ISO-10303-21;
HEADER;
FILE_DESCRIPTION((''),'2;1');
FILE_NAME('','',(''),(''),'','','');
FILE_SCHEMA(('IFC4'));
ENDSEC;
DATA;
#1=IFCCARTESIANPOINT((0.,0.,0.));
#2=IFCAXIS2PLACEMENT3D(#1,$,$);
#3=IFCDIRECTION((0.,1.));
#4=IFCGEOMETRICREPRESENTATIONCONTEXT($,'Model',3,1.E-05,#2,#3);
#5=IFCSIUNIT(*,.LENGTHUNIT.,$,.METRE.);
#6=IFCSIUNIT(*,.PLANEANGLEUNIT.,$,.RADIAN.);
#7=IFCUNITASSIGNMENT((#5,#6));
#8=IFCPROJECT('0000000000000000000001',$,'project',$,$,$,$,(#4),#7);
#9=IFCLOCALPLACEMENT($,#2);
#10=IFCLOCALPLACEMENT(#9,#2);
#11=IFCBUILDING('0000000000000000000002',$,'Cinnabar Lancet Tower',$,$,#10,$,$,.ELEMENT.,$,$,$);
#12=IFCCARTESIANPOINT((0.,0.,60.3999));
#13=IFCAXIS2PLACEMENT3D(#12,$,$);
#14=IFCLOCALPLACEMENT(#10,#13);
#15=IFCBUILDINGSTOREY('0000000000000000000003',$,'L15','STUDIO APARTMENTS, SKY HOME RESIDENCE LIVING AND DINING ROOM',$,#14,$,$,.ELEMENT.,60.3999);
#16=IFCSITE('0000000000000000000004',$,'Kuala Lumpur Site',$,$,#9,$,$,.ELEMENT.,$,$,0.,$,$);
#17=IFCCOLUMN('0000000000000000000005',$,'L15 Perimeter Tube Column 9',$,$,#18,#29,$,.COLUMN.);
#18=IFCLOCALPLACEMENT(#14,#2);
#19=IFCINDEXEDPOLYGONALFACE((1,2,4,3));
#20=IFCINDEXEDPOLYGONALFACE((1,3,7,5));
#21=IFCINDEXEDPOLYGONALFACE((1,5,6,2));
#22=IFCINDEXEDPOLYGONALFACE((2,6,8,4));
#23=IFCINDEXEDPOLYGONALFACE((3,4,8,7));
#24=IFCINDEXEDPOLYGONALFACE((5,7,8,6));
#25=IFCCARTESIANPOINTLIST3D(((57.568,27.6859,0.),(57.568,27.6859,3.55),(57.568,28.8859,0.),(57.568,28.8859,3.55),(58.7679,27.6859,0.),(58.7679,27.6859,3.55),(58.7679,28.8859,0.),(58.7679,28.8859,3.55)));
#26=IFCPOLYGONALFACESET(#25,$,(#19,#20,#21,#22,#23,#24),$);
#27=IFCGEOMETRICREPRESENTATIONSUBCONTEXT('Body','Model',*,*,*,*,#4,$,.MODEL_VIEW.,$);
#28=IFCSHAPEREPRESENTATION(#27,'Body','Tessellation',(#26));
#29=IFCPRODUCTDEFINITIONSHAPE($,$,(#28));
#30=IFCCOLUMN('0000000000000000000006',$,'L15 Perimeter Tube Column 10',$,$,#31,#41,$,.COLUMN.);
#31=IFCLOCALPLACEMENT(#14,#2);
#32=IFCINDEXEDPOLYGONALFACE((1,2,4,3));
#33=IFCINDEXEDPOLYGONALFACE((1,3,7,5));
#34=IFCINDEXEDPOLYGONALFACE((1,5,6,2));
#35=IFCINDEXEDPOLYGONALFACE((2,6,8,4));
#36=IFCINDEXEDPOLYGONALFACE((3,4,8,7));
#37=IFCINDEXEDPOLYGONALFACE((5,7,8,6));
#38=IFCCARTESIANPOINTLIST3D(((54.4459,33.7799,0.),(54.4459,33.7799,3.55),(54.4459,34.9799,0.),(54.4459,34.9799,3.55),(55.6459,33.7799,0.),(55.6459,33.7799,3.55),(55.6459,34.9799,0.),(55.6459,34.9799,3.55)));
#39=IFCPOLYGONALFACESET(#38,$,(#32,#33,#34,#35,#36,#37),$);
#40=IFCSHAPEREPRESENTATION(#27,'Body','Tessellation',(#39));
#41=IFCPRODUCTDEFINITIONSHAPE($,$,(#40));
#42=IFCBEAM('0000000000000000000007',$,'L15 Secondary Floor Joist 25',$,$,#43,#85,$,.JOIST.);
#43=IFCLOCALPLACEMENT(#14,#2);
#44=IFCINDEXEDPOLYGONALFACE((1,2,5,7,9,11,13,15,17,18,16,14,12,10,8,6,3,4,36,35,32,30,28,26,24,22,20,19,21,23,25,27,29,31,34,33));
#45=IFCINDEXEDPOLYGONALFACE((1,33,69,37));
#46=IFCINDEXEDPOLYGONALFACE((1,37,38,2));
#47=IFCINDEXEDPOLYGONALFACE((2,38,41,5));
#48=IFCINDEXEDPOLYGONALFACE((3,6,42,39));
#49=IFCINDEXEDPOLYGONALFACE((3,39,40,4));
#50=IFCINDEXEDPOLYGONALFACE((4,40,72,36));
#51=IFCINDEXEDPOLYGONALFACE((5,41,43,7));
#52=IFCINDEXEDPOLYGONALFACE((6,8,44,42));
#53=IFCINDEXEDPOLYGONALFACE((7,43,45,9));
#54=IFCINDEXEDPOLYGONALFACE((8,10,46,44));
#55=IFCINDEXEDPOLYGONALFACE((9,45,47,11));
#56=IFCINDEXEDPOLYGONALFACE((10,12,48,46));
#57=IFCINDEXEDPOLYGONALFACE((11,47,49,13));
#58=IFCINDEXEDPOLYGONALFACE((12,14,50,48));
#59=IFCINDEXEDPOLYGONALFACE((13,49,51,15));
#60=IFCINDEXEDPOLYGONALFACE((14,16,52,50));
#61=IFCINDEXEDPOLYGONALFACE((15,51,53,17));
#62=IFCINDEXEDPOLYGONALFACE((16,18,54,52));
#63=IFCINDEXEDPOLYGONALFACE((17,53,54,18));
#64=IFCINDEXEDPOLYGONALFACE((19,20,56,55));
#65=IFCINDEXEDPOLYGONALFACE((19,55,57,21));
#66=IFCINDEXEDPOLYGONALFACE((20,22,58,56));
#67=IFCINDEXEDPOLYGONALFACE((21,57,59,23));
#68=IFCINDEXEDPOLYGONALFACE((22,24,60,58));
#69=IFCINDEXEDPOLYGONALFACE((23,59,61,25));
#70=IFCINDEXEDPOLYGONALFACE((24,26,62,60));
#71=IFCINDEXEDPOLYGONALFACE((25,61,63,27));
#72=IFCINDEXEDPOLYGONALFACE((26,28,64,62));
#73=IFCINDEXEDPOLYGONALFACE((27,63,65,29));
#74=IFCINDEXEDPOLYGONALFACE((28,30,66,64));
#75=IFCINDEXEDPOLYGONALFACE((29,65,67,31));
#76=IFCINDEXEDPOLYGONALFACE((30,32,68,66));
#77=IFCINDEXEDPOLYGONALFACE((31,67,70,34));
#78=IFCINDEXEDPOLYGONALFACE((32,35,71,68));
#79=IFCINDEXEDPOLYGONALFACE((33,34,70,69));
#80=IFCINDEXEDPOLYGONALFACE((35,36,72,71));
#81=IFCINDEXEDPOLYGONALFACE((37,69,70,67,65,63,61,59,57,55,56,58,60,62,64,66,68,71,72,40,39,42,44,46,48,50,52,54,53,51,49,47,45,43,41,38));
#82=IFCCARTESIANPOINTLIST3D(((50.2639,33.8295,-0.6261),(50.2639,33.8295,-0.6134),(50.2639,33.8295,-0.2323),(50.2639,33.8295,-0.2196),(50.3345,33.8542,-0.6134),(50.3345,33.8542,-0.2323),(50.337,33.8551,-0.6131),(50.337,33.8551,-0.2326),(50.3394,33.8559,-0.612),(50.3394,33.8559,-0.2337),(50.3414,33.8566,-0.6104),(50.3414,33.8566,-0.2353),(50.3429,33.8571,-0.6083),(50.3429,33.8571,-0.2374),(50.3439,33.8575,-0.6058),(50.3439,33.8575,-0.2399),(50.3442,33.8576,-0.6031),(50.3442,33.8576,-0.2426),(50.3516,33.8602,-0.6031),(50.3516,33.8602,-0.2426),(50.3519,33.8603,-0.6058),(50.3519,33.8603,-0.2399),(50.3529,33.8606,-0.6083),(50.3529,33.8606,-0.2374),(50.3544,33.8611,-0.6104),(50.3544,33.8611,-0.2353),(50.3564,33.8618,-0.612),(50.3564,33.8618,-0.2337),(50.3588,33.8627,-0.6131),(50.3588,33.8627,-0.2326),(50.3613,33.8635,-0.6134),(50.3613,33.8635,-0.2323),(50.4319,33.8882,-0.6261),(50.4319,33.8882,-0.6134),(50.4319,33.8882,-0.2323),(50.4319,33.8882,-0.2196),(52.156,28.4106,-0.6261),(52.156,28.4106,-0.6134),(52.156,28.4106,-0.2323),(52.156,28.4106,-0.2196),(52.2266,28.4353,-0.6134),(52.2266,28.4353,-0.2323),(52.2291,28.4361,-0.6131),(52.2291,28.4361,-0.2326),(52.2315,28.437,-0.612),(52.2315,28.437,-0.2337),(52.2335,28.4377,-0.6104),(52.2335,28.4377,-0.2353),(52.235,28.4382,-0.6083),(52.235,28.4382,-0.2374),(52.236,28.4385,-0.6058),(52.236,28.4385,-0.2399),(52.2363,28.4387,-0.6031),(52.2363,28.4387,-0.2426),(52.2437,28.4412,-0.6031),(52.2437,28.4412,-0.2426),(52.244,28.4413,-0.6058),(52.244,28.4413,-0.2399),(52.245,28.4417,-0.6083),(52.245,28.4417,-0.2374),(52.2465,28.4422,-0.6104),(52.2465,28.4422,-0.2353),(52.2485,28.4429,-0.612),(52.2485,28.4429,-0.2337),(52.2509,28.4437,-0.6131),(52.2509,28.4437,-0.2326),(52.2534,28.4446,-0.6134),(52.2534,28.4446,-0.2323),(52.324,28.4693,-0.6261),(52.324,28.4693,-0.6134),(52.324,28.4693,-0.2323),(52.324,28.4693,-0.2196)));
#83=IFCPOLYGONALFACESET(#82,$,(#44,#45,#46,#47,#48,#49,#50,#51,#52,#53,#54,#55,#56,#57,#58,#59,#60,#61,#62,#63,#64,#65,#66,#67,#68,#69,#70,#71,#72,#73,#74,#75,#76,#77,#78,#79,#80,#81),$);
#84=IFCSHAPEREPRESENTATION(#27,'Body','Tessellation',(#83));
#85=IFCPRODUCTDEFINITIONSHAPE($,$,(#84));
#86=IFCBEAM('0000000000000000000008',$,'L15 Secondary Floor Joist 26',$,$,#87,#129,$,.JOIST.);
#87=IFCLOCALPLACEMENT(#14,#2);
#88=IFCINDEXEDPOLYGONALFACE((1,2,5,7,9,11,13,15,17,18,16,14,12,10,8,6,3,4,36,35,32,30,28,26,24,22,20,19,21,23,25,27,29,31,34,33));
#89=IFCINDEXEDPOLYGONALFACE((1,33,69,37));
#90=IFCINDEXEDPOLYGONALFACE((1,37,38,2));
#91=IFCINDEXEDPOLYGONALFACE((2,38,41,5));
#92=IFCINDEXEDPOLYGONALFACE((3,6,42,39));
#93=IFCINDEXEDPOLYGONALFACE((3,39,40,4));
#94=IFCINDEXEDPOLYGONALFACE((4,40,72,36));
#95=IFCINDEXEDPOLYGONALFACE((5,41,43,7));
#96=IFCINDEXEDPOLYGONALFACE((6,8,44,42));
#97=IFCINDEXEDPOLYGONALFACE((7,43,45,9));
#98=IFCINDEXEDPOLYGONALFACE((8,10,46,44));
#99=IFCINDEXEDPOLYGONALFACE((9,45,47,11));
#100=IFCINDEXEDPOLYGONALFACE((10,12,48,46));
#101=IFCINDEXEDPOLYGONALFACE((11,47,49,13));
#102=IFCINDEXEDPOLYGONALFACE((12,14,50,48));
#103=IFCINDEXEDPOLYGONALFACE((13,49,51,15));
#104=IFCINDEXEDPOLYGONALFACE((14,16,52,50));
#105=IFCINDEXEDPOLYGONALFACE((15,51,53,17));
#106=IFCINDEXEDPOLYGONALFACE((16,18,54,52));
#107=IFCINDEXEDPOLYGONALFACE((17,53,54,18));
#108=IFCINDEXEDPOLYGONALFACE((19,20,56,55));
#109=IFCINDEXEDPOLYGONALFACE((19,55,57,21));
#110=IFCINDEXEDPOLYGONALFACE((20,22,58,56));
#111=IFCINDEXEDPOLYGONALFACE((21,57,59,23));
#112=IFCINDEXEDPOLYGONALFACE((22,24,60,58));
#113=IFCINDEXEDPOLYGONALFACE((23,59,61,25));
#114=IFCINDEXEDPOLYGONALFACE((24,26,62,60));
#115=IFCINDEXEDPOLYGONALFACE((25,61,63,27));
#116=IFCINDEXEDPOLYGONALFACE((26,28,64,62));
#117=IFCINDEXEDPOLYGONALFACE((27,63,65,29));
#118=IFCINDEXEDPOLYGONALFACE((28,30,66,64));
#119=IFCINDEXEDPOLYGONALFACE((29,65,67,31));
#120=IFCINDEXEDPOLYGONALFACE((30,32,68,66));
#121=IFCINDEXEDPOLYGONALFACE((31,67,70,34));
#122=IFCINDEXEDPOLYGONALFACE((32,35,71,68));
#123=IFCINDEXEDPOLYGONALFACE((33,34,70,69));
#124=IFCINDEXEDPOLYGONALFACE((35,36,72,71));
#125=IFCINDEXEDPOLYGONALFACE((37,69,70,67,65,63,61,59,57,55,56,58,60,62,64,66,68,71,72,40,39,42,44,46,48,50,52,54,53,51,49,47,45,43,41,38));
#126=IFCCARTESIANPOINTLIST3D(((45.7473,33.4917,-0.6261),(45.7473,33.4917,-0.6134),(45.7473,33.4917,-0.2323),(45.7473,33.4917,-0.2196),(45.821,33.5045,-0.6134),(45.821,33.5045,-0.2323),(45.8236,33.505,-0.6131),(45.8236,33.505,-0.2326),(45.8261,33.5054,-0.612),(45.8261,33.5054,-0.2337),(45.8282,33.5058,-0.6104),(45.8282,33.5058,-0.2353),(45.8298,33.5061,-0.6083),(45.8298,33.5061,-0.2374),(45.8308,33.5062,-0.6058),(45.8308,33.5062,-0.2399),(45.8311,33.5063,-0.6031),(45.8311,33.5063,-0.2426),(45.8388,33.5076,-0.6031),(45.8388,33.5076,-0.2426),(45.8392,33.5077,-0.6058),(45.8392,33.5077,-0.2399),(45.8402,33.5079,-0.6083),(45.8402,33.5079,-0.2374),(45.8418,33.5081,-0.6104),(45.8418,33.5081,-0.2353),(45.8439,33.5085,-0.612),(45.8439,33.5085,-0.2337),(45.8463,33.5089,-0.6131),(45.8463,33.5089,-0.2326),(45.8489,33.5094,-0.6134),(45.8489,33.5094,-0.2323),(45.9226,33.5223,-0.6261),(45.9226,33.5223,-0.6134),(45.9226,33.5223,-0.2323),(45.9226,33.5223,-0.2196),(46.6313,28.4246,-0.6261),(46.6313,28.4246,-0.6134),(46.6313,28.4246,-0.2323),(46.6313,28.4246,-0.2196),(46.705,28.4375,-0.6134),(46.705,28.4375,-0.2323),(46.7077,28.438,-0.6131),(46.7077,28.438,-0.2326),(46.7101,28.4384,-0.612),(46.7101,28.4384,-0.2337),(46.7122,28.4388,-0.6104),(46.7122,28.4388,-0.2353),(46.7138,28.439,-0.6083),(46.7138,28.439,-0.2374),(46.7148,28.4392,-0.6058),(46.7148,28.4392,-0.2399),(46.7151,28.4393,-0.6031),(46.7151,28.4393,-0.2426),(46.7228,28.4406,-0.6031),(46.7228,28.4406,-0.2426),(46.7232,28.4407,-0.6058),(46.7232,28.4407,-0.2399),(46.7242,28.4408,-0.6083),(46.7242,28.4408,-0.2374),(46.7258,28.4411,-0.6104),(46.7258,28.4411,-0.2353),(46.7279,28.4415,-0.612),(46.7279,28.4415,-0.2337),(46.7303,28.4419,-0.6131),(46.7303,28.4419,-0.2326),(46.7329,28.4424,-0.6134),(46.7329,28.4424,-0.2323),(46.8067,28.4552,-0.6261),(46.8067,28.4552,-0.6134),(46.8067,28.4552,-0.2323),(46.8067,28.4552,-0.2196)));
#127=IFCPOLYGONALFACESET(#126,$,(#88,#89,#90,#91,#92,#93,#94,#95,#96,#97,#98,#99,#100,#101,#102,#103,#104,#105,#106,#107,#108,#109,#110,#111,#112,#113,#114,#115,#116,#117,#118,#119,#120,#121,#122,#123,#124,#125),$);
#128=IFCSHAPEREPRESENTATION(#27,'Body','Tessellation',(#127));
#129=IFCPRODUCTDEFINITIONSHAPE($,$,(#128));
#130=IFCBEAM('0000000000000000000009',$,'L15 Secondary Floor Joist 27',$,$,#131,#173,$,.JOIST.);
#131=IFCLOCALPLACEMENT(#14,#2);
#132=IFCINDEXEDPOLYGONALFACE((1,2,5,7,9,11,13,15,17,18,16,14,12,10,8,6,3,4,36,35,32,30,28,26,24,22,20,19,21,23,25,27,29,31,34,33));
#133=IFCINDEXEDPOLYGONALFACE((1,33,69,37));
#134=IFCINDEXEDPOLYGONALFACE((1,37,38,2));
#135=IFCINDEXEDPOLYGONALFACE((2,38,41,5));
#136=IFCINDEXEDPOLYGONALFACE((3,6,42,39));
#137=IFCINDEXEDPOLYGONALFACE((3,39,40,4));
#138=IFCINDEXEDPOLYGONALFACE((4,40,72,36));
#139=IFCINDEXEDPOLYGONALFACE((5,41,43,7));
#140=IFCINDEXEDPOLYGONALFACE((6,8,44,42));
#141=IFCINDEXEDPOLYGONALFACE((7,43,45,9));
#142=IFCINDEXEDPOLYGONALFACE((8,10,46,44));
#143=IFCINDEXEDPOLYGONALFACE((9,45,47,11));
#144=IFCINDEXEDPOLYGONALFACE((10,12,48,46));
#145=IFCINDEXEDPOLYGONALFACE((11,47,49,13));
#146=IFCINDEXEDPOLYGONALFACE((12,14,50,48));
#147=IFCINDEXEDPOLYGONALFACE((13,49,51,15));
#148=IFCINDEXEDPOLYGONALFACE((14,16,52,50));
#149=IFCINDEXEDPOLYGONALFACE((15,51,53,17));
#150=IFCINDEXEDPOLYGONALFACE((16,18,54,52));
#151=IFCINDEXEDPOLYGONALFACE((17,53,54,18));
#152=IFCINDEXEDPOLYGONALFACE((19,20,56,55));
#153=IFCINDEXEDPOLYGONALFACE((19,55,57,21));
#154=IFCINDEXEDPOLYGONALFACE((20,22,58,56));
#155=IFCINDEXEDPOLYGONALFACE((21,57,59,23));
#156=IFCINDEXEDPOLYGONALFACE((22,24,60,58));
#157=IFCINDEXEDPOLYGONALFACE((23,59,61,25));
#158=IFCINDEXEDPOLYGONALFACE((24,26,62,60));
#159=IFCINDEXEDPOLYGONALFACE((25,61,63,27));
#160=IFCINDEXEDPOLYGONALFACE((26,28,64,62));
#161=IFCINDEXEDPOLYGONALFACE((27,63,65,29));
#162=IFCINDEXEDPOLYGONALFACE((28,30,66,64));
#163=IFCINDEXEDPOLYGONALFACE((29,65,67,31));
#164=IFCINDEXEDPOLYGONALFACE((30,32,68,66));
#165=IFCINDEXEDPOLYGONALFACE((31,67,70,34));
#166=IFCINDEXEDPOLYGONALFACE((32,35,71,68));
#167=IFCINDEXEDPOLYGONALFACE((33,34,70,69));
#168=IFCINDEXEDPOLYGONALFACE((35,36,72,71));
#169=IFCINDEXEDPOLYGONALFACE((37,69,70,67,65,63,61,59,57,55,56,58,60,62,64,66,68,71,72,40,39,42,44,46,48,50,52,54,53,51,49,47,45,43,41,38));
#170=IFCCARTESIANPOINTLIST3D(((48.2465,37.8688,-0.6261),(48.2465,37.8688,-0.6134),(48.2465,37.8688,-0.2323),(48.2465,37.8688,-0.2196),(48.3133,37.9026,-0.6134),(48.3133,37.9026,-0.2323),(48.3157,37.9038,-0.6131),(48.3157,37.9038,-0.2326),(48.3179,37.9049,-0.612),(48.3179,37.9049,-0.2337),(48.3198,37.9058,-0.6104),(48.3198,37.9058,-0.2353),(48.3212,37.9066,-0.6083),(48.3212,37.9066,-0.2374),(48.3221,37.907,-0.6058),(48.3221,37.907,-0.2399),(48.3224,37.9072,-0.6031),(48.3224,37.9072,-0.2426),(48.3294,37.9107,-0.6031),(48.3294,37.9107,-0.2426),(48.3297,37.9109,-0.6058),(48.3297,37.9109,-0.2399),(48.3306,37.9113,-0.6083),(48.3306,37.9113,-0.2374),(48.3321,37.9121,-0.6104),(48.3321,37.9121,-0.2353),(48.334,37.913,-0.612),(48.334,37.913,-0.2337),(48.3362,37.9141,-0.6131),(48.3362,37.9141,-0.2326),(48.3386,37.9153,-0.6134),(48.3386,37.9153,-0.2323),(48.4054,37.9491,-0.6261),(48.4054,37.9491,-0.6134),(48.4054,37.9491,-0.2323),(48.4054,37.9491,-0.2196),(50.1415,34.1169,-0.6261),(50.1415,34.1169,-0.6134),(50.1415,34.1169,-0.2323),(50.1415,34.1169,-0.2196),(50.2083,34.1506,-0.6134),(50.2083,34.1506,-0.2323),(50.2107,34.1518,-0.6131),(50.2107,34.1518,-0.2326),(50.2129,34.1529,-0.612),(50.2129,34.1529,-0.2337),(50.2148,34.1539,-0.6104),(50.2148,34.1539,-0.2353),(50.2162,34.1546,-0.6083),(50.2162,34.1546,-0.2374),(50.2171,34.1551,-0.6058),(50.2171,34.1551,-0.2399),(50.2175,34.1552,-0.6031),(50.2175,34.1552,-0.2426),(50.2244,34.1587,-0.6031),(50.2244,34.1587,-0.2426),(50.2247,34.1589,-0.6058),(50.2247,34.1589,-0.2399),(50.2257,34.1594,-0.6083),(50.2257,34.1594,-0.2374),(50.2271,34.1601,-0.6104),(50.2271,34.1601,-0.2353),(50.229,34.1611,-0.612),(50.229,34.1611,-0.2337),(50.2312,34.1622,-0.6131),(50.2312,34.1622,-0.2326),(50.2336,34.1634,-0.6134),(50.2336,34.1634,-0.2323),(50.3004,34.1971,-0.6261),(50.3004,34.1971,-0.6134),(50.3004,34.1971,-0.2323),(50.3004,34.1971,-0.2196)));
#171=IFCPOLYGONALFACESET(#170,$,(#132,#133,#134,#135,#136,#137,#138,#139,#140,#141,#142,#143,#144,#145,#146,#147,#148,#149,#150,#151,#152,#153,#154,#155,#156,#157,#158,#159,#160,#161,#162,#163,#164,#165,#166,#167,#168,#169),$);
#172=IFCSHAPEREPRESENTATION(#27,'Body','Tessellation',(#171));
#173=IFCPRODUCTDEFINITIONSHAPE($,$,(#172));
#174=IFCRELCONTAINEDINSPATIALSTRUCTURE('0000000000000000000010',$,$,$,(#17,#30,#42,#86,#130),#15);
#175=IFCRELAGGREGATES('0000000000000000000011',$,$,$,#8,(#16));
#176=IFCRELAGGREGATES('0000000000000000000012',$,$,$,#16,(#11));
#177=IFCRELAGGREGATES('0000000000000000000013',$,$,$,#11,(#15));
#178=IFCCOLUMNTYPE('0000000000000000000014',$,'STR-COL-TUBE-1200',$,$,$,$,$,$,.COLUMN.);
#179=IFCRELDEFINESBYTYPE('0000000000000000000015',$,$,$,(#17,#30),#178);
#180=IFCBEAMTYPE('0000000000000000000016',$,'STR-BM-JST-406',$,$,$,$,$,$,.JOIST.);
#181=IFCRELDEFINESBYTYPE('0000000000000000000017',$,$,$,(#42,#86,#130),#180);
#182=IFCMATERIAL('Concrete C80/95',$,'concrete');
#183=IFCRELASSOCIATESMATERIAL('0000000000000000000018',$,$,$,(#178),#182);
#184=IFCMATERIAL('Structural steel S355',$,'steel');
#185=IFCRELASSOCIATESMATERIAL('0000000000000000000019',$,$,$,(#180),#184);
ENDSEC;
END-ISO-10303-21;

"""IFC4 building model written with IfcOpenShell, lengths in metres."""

from ifc_helpers import new_model, si_unit, direction, frame, origin, origin_2d, place, context, subcontext, project, spatial, rectangle, i_section, extrude, material, material_profile, profile_set, type_object, element, save


model = new_model("IFC4")

# Units and contexts
model_context = context("Model", 3, precision=1e-05, world=origin(), true_north=direction((0.0, 1.0)))
body_context = subcontext(model_context, "Body", "Model", "MODEL_VIEW")
ifc_project = project(units=[si_unit("LENGTHUNIT", "METRE"), si_unit("PLANEANGLEUNIT", "RADIAN")], contexts=[model_context])

# Site, building, storey
site_placement = place(None, origin())
site = spatial("IfcSite", under=ifc_project, at=site_placement, Name="Kuala Lumpur Site", CompositionType="ELEMENT", RefElevation=0.0)
building_placement = place(site_placement, origin())
building = spatial("IfcBuilding", under=site, at=building_placement, Name="Cinnabar Lancet Tower", CompositionType="ELEMENT")
storey_placement = place(building_placement, frame((0.0, 0.0, 60.3999)))
storey = spatial("IfcBuildingStorey", under=building, at=storey_placement, Name="L15", Description="STUDIO APARTMENTS, SKY HOME RESIDENCE LIVING AND DINING ROOM", CompositionType="ELEMENT", Elevation=60.3999)

# Columns
ifc_material_1 = material(Name="Concrete C80/95", Category="concrete")
ifc_material_profile_1 = material_profile(ifc_material_1, rectangle(XDim=1.2, YDim=1.2, at=origin_2d()), Name="RC-COL 1200x1200")
ifc_profile_set_1 = profile_set([ifc_material_profile_1], Name="Concrete C80/95")
column_type = type_object("IfcColumnType", Name="STR-COL-TUBE-1200", PredefinedType="COLUMN", material=ifc_profile_set_1)
for number, where, z_axis, x_axis, name in (
    (1, (58.168, 28.2859, 0.0), (0.0, 0.0, 1.0), (1.0, 0.0, 0.0), "L15 Perimeter Tube Column 9"),
    (2, (55.0459, 34.3799, 0.0), (0.0, 0.0, 1.0), (1.0, 0.0, 0.0), "L15 Perimeter Tube Column 10"),
):
    element("IfcColumn", number, at=place(storey_placement, frame(where, z_axis=z_axis, x_axis=x_axis)), inside=storey, type_object=column_type, Name=name, PredefinedType="COLUMN", context=body_context, shape_type="SweptSolid", body=[
        extrude(rectangle(XDim=1.2, YDim=1.2, at=origin_2d()), origin(), (0.0, 0.0, 1.0), 3.55),
    ])

# Beams
ifc_material_2 = material(Name="Structural steel S355", Category="steel")
ifc_material_profile_2 = material_profile(ifc_material_2, i_section(OverallWidth=0.178, OverallDepth=0.4065, WebThickness=0.0078, FlangeThickness=0.0127, FilletRadius=0.0103, at=origin_2d()), Name="UKB 406x178x60")
ifc_profile_set_2 = profile_set([ifc_material_profile_2], Name="Structural steel S355")
beam_type_1 = type_object("IfcBeamType", Name="STR-BM-JST-406", PredefinedType="JOIST", material=ifc_profile_set_2)
beam_1_placement = place(storey_placement, frame((52.24, 28.4399, -0.4229), z_axis=(-0.329646, 0.944105, 0.0), x_axis=(-0.944105, -0.329646, 0.0)))
element("IfcBeam", 3, at=beam_1_placement, inside=storey, type_object=beam_type_1, Name="L15 Secondary Floor Joist 25", PredefinedType="JOIST", context=body_context, shape_type="SweptSolid", body=[
    extrude(i_section(OverallWidth=0.178, OverallDepth=0.4065, WebThickness=0.0078, FlangeThickness=0.0127, FilletRadius=0.0103, at=origin_2d()), origin(), (0.0, 0.0, 1.0), 5.7397),
])
beam_2_placement = place(storey_placement, frame((46.719, 28.4399, -0.4229), z_axis=(-0.171868, 0.98512, 0.0), x_axis=(-0.98512, -0.171868, 0.0)))
element("IfcBeam", 4, at=beam_2_placement, inside=storey, type_object=beam_type_1, Name="L15 Secondary Floor Joist 26", PredefinedType="JOIST", context=body_context, shape_type="SweptSolid", body=[
    extrude(i_section(OverallWidth=0.178, OverallDepth=0.4065, WebThickness=0.0078, FlangeThickness=0.0127, FilletRadius=0.0103, at=origin_2d()), origin(), (0.0, 0.0, 1.0), 5.1436),
])
beam_3_placement = place(storey_placement, frame((50.2209, 34.157, -0.4229), z_axis=(-0.450834, 0.892608, 0.0), x_axis=(-0.892608, -0.450834, 0.0)))
element("IfcBeam", 5, at=beam_3_placement, inside=storey, type_object=beam_type_1, Name="L15 Secondary Floor Joist 27", PredefinedType="JOIST", context=body_context, shape_type="SweptSolid", body=[
    extrude(i_section(OverallWidth=0.178, OverallDepth=0.4065, WebThickness=0.0078, FlangeThickness=0.0127, FilletRadius=0.0103, at=origin_2d()), origin(), (0.0, 0.0, 1.0), 4.2034),
])

save(model, "model.ifc")
